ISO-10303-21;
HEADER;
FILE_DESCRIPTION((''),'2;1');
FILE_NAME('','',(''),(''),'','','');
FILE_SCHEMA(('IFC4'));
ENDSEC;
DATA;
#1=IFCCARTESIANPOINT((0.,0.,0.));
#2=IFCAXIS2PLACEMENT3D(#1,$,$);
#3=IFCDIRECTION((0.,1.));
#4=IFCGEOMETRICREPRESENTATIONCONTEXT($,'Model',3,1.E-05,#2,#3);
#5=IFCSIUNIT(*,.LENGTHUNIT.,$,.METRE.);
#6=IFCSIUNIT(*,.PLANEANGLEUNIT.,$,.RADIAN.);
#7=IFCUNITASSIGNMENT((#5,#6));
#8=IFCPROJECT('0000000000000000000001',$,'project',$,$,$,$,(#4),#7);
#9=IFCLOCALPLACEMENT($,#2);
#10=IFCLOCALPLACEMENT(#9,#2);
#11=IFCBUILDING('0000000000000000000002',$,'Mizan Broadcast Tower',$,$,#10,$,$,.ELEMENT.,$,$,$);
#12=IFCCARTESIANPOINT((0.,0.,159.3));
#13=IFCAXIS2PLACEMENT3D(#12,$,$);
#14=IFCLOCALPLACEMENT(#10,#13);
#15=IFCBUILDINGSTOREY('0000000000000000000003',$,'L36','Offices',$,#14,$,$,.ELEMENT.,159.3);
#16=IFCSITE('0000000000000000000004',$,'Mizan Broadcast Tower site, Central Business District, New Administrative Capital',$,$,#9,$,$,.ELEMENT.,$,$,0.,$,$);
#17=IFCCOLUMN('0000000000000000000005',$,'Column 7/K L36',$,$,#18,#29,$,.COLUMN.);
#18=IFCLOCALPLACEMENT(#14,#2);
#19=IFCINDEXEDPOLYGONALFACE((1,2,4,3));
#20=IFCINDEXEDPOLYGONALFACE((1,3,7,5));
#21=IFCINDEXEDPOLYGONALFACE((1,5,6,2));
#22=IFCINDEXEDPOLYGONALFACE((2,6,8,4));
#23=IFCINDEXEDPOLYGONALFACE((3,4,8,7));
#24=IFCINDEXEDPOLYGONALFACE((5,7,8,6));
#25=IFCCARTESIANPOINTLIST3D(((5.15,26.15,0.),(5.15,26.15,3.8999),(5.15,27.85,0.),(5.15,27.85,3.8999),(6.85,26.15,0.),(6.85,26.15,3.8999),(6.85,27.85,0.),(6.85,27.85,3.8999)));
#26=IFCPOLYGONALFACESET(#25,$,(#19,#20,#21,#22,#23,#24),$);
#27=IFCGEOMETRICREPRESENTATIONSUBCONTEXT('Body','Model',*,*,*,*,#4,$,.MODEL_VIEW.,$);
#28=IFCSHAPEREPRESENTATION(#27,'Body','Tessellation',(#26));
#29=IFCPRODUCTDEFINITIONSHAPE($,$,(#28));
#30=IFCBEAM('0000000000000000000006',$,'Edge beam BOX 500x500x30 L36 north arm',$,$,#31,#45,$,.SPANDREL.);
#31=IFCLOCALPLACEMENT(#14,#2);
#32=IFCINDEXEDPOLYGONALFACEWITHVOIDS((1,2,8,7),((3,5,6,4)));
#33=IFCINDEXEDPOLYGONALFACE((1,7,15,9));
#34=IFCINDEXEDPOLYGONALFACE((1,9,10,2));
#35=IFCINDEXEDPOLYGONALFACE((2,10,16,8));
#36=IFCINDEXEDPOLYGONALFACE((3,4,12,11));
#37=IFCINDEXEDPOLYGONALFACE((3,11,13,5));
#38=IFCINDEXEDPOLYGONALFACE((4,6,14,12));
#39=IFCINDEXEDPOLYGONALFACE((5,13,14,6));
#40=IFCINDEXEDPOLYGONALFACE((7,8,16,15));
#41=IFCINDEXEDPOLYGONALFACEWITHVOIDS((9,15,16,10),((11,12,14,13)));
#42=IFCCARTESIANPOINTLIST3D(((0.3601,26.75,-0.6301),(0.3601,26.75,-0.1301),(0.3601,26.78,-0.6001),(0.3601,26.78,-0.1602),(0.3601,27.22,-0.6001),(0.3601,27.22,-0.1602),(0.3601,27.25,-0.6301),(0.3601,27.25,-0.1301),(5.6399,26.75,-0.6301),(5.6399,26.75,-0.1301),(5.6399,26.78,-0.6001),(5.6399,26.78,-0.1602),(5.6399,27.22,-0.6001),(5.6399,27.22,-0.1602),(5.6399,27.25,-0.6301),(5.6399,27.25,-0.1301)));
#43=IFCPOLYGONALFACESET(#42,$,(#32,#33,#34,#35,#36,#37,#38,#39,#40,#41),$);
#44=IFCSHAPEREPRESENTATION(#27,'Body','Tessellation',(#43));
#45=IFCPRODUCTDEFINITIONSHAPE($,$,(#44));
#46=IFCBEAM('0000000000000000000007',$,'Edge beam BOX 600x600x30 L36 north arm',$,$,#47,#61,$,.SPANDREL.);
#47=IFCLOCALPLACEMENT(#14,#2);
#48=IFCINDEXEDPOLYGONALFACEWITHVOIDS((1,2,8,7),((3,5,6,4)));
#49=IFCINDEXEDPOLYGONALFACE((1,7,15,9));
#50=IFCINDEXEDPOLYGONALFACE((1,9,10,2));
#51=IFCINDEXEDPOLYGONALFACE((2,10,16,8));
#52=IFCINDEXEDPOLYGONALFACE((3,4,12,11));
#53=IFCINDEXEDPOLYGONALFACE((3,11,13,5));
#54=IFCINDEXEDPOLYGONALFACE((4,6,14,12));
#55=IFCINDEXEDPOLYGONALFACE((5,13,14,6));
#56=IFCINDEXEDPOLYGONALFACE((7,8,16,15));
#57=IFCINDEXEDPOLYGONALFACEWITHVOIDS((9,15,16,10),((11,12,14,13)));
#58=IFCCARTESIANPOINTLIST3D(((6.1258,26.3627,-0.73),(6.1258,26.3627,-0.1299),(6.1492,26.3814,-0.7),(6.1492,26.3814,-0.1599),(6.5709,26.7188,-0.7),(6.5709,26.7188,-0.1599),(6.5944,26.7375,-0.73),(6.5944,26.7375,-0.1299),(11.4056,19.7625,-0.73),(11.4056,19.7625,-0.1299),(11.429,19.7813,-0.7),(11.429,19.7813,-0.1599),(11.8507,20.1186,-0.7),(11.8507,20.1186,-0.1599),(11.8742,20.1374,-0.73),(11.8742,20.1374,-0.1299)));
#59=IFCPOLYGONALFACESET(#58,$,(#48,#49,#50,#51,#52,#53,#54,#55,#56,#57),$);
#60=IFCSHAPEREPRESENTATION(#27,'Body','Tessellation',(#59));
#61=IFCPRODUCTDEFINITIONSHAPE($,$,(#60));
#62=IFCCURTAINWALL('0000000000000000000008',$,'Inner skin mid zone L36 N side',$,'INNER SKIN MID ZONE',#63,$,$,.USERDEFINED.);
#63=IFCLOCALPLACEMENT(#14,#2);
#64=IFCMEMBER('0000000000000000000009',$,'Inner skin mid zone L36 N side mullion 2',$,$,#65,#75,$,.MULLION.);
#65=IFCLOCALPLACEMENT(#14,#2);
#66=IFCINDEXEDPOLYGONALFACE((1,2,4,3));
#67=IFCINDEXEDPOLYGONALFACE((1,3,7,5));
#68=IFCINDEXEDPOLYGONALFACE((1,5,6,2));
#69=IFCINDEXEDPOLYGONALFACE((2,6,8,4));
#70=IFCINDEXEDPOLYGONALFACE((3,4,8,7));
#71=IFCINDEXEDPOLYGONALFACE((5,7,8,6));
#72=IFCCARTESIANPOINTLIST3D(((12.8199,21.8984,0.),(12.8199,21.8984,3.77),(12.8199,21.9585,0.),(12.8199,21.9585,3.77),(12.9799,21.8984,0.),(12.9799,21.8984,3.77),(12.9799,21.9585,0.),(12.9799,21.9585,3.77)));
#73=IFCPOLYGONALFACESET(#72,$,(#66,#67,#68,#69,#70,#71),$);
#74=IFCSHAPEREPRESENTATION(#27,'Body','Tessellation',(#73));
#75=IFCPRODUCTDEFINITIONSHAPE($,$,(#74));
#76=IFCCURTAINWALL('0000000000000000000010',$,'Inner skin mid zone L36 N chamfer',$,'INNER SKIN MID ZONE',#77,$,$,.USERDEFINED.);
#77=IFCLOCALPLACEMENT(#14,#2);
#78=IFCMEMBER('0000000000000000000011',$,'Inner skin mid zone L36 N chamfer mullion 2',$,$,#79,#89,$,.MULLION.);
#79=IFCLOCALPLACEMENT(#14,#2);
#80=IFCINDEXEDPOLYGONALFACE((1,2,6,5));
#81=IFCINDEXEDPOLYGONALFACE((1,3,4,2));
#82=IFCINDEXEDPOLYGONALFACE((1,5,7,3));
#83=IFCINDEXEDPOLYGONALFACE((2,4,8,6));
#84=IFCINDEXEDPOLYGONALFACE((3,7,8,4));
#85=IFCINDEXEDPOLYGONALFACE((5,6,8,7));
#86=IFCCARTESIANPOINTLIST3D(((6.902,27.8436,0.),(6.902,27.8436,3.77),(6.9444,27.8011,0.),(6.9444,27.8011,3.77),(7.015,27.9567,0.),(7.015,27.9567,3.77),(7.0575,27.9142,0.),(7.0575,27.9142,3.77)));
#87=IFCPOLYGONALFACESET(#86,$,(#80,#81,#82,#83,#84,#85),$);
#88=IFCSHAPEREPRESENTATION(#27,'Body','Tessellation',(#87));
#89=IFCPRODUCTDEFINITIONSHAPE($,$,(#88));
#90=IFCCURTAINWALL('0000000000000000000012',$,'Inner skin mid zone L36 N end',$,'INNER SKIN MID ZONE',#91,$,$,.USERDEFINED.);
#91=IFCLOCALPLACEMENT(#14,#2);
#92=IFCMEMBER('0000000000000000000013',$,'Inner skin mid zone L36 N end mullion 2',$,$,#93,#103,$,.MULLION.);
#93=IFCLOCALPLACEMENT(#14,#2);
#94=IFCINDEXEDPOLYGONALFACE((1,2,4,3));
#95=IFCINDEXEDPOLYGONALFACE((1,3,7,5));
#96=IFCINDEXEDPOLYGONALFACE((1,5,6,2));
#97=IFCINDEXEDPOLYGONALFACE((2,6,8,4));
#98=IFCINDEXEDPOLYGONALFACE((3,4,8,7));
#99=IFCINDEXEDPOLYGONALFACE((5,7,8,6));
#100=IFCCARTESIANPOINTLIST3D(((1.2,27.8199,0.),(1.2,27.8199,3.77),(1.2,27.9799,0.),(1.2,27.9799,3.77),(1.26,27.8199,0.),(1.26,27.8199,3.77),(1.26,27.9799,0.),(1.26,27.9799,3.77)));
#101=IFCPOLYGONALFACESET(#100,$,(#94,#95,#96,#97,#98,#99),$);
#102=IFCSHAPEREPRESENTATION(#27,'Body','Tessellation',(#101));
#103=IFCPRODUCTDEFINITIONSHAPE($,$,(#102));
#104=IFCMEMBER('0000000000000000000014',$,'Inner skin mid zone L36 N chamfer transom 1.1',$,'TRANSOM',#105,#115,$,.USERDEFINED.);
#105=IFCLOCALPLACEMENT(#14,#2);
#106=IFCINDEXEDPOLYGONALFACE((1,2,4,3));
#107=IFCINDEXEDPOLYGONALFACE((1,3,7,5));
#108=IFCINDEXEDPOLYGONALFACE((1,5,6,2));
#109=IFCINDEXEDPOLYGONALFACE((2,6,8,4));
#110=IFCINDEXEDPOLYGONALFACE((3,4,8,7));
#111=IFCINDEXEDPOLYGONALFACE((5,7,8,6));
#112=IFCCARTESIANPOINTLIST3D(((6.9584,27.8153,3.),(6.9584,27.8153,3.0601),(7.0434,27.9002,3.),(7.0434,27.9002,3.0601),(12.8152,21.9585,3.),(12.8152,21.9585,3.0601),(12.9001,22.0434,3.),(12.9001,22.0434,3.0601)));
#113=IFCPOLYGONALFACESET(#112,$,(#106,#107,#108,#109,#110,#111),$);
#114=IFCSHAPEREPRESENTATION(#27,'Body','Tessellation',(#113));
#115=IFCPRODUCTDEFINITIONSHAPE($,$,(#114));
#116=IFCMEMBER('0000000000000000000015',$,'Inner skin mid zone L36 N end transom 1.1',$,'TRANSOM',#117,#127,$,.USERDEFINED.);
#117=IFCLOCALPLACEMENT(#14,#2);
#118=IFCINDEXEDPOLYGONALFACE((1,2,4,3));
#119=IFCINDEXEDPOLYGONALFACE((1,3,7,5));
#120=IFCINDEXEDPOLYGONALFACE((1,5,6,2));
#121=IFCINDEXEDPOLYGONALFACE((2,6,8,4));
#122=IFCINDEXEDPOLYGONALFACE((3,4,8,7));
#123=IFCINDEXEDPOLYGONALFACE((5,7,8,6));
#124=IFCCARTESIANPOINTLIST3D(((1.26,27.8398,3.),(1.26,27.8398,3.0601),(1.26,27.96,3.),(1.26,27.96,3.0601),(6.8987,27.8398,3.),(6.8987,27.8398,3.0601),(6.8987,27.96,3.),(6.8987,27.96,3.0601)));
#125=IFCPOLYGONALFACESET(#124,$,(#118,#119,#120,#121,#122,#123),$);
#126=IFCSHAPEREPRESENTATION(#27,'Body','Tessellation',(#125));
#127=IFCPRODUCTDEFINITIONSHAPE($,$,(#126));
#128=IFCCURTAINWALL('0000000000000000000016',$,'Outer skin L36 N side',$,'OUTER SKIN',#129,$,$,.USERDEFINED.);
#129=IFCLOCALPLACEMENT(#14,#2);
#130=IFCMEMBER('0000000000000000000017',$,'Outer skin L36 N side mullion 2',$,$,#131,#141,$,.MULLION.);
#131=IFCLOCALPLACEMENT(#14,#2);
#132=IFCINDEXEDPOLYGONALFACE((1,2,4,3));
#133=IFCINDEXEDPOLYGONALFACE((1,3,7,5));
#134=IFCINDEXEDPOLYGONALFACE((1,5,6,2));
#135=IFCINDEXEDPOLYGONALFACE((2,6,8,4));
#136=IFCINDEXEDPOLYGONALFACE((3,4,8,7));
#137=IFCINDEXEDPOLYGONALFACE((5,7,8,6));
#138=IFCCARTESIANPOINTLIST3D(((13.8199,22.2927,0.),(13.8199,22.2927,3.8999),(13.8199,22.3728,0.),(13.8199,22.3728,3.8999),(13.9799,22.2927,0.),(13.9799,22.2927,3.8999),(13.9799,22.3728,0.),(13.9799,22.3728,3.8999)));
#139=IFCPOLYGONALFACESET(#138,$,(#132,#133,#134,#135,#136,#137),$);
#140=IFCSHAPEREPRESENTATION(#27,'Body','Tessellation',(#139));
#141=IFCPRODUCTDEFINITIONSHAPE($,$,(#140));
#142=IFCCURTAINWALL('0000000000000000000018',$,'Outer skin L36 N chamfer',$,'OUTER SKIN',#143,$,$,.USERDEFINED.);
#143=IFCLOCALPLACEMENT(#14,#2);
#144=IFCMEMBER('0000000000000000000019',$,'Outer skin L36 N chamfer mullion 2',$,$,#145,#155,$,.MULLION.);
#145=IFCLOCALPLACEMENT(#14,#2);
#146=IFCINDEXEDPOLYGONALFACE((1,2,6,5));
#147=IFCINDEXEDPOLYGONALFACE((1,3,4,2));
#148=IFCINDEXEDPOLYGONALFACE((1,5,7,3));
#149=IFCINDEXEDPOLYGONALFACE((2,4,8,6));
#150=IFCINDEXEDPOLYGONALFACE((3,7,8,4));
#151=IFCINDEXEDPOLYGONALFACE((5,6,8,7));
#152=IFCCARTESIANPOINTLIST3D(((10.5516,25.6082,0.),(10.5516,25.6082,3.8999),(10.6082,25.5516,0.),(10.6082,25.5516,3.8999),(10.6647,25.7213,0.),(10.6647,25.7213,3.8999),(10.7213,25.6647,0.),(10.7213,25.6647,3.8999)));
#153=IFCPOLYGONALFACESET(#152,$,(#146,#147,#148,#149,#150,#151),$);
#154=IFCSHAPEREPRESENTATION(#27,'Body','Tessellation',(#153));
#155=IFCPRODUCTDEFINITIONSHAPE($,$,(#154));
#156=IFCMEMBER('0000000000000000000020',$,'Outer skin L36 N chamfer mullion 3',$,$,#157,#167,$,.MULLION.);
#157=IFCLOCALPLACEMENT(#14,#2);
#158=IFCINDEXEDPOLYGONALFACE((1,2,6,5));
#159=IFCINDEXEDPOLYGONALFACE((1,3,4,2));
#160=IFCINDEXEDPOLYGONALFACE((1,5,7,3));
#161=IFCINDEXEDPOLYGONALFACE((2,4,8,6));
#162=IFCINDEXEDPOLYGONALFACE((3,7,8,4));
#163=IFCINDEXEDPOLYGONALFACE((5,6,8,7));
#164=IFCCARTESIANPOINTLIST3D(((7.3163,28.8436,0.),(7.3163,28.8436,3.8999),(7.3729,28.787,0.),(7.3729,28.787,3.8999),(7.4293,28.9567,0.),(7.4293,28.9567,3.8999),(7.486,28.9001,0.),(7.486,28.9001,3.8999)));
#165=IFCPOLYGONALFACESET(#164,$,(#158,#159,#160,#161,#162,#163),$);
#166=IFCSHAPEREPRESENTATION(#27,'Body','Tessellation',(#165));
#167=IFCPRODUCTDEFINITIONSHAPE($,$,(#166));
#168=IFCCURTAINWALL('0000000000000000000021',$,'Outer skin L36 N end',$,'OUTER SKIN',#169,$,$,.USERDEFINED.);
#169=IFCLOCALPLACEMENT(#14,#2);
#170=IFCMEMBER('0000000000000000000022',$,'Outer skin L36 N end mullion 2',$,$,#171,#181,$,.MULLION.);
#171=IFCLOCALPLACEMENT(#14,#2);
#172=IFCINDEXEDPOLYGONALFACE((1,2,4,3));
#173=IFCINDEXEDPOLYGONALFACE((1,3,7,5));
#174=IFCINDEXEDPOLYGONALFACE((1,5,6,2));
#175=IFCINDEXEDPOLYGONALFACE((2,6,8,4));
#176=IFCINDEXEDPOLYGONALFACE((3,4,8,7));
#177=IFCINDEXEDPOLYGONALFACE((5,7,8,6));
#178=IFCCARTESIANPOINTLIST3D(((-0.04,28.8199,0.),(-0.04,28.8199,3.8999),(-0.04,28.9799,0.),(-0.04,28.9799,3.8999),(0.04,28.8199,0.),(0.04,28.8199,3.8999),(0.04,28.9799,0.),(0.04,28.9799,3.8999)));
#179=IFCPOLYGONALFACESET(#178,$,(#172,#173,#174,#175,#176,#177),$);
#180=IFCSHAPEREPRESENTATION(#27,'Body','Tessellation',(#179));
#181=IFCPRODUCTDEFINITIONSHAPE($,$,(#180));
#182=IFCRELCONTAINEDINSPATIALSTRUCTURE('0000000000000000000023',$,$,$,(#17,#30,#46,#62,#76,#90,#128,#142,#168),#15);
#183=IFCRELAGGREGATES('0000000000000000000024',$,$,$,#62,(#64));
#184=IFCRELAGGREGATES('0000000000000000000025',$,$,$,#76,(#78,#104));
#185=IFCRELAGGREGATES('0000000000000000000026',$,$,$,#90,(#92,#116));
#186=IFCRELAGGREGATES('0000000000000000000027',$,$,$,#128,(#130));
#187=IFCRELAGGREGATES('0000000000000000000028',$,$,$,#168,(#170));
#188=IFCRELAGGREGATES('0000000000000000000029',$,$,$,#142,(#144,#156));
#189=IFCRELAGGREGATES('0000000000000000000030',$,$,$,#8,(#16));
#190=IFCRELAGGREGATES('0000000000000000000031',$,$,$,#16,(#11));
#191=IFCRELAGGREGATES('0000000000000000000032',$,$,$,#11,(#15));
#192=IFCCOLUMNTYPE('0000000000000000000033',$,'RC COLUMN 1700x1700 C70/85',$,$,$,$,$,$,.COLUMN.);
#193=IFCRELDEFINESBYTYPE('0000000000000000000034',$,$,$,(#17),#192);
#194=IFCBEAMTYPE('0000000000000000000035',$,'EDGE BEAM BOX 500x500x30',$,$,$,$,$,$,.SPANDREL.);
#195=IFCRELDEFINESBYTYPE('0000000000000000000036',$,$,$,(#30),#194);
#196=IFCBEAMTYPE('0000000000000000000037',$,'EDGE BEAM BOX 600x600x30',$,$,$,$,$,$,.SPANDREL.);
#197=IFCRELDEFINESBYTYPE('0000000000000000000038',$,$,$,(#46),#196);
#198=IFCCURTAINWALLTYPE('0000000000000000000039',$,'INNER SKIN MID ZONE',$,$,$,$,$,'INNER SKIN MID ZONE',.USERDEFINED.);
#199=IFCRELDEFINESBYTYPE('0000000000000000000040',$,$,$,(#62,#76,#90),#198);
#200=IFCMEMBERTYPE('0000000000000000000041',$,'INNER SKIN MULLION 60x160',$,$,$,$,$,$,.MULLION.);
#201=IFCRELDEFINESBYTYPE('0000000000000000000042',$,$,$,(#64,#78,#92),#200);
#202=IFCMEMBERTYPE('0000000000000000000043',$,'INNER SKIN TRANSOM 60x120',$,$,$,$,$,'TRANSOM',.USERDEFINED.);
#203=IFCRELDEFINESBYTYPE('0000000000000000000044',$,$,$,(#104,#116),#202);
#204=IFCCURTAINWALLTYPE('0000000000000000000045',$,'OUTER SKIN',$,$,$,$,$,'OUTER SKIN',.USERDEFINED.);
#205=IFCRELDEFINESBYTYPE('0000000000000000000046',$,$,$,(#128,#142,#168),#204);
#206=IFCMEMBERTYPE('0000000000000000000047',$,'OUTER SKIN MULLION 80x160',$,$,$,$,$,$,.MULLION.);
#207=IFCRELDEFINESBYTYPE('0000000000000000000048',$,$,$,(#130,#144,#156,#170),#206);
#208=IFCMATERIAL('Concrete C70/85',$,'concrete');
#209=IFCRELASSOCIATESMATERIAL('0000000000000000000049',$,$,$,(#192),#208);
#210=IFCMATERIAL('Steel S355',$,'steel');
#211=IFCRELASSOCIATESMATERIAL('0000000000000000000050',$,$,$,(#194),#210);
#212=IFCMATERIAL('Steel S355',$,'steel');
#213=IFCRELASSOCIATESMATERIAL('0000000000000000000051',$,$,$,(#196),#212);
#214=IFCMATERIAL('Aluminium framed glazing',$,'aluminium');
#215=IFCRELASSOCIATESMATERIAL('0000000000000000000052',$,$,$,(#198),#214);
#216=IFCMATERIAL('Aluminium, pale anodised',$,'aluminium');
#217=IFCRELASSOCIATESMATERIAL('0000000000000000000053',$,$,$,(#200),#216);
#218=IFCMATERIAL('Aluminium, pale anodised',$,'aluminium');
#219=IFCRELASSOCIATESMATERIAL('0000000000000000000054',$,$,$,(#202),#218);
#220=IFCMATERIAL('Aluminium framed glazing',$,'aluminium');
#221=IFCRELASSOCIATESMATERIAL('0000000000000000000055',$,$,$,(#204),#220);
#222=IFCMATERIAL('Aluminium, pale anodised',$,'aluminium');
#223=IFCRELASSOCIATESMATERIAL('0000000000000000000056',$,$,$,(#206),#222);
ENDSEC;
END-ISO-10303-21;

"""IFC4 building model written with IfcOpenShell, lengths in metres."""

from ifc_helpers import new_model, si_unit, direction, frame, origin, origin_2d, place, context, subcontext, project, spatial, rectangle, hollow_rectangle, extrude, material, material_profile, profile_set, type_object, element, aggregate, save


model = new_model("IFC4")

# Units and contexts
model_context = context("Model", 3, precision=1e-05, world=origin(), true_north=direction((0.0, 1.0)))
body_context = subcontext(model_context, "Body", "Model", "MODEL_VIEW")
ifc_project = project(units=[si_unit("LENGTHUNIT", "METRE"), si_unit("PLANEANGLEUNIT", "RADIAN")], contexts=[model_context])

# Site, building, storey
site_placement = place(None, origin())
site = spatial("IfcSite", under=ifc_project, at=site_placement, Name="Mizan Broadcast Tower site, Central Business District, New Administrative Capital", CompositionType="ELEMENT", RefElevation=0.0)
building_placement = place(site_placement, origin())
building = spatial("IfcBuilding", under=site, at=building_placement, Name="Mizan Broadcast Tower", CompositionType="ELEMENT")
storey_placement = place(building_placement, frame((0.0, 0.0, 159.3)))
storey = spatial("IfcBuildingStorey", under=building, at=storey_placement, Name="L36", Description="Offices", CompositionType="ELEMENT", Elevation=159.3)

# Column
ifc_material_1 = material(Name="Concrete C70/85", Category="concrete")
ifc_material_profile_1 = material_profile(ifc_material_1, rectangle(XDim=1.7, YDim=1.7, at=origin_2d()), Name="RC 1700x1700")
ifc_profile_set_1 = profile_set([ifc_material_profile_1], Name="Concrete C70/85")
column_type = type_object("IfcColumnType", Name="RC COLUMN 1700x1700 C70/85", PredefinedType="COLUMN", material=ifc_profile_set_1)
column_placement = place(storey_placement, frame((6.0, 27.0, 0.0), z_axis=(0.0, 0.0, 1.0), x_axis=(1.0, 0.0, 0.0)))
element("IfcColumn", 1, at=column_placement, inside=storey, type_object=column_type, Name="Column 7/K L36", PredefinedType="COLUMN", context=body_context, shape_type="SweptSolid", body=[
    extrude(rectangle(XDim=1.7, YDim=1.7, at=origin_2d()), origin(), (0.0, 0.0, 1.0), 3.8999),
])

# Beams
ifc_material_2 = material(Name="Steel S355", Category="steel")
ifc_material_profile_2 = material_profile(ifc_material_2, hollow_rectangle(XDim=0.5, YDim=0.5, WallThickness=0.03, at=origin_2d()), Name="BOX 500x500x30")
ifc_profile_set_2 = profile_set([ifc_material_profile_2], Name="Steel S355")
beam_type_1 = type_object("IfcBeamType", Name="EDGE BEAM BOX 500x500x30", PredefinedType="SPANDREL", material=ifc_profile_set_2)
beam_1_placement = place(storey_placement, frame((5.6399, 27.0, -0.3801), z_axis=(-1.0, 0.0, 0.0), x_axis=(0.0, -1.0, 0.0)))
element("IfcBeam", 2, at=beam_1_placement, inside=storey, type_object=beam_type_1, Name="Edge beam BOX 500x500x30 L36 north arm", PredefinedType="SPANDREL", context=body_context, shape_type="SweptSolid", body=[
    extrude(hollow_rectangle(XDim=0.5, YDim=0.5, WallThickness=0.03, at=origin_2d()), origin(), (0.0, 0.0, 1.0), 5.2798),
])
ifc_material_3 = material(Name="Steel S355", Category="steel")
ifc_material_profile_3 = material_profile(ifc_material_3, hollow_rectangle(XDim=0.6001, YDim=0.6001, WallThickness=0.03, at=origin_2d()), Name="BOX 600x600x30")
ifc_profile_set_3 = profile_set([ifc_material_profile_3], Name="Steel S355")
beam_type_2 = type_object("IfcBeamType", Name="EDGE BEAM BOX 600x600x30", PredefinedType="SPANDREL", material=ifc_profile_set_3)
beam_2_placement = place(storey_placement, frame((11.6399, 19.95, -0.4299), z_axis=(-0.624674, 0.780886, 0.0), x_axis=(-0.780886, -0.624674, 0.0)))
element("IfcBeam", 3, at=beam_2_placement, inside=storey, type_object=beam_type_2, Name="Edge beam BOX 600x600x30 L36 north arm", PredefinedType="SPANDREL", context=body_context, shape_type="SweptSolid", body=[
    extrude(hollow_rectangle(XDim=0.6001, YDim=0.6001, WallThickness=0.03, at=origin_2d()), origin(), (0.0, 0.0, 1.0), 8.4521),
])

# Curtain walls, members
ifc_material_4 = material(Name="Aluminium framed glazing", Category="aluminium")
curtain_wall_type_1 = type_object("IfcCurtainWallType", Name="INNER SKIN MID ZONE", ElementType="INNER SKIN MID ZONE", PredefinedType="USERDEFINED", material=ifc_material_4)
curtain_wall_1_placement = place(storey_placement, origin())
curtain_wall_1 = element("IfcCurtainWall", 4, at=curtain_wall_1_placement, inside=storey, type_object=curtain_wall_type_1, Name="Inner skin mid zone L36 N side", ObjectType="INNER SKIN MID ZONE", PredefinedType="USERDEFINED")
ifc_material_5 = material(Name="Aluminium, pale anodised", Category="aluminium")
ifc_material_profile_4 = material_profile(ifc_material_5, rectangle(XDim=0.1599, YDim=0.0601, at=origin_2d()), Name="MULLION 160x60")
ifc_profile_set_4 = profile_set([ifc_material_profile_4], Name="Aluminium, pale anodised")
member_type_1 = type_object("IfcMemberType", Name="INNER SKIN MULLION 60x160", PredefinedType="MULLION", material=ifc_profile_set_4)
member_1_placement = place(storey_placement, frame((12.8999, 21.9285, 0.0), z_axis=(0.0, 0.0, 1.0), x_axis=(-1.0, 0.0, 0.0)))
member_1 = element("IfcMember", 5, at=member_1_placement, type_object=member_type_1, Name="Inner skin mid zone L36 N side mullion 2", PredefinedType="MULLION", context=body_context, shape_type="SweptSolid", body=[
    extrude(rectangle(XDim=0.1599, YDim=0.0601, at=origin_2d()), origin(), (0.0, 0.0, 1.0), 3.77),
])
curtain_wall_2_placement = place(storey_placement, origin())
curtain_wall_2 = element("IfcCurtainWall", 6, at=curtain_wall_2_placement, inside=storey, type_object=curtain_wall_type_1, Name="Inner skin mid zone L36 N chamfer", ObjectType="INNER SKIN MID ZONE", PredefinedType="USERDEFINED")
member_2_placement = place(storey_placement, frame((6.9797, 27.8789, 0.0), z_axis=(0.0, 0.0, 1.0), x_axis=(-0.707107, -0.707107, 0.0)))
member_2 = element("IfcMember", 7, at=member_2_placement, type_object=member_type_1, Name="Inner skin mid zone L36 N chamfer mullion 2", PredefinedType="MULLION", context=body_context, shape_type="SweptSolid", body=[
    extrude(rectangle(XDim=0.1599, YDim=0.0601, at=origin_2d()), origin(), (0.0, 0.0, 1.0), 3.77),
])
curtain_wall_3_placement = place(storey_placement, origin())
curtain_wall_3 = element("IfcCurtainWall", 8, at=curtain_wall_3_placement, inside=storey, type_object=curtain_wall_type_1, Name="Inner skin mid zone L36 N end", ObjectType="INNER SKIN MID ZONE", PredefinedType="USERDEFINED")
member_3_placement = place(storey_placement, frame((1.23, 27.8999, 0.0), z_axis=(0.0, 0.0, 1.0), x_axis=(0.0, -1.0, 0.0)))
member_3 = element("IfcMember", 9, at=member_3_placement, type_object=member_type_1, Name="Inner skin mid zone L36 N end mullion 2", PredefinedType="MULLION", context=body_context, shape_type="SweptSolid", body=[
    extrude(rectangle(XDim=0.1599, YDim=0.0601, at=origin_2d()), origin(), (0.0, 0.0, 1.0), 3.77),
])

# Members
ifc_material_6 = material(Name="Aluminium, pale anodised", Category="aluminium")
ifc_material_profile_5 = material_profile(ifc_material_6, rectangle(XDim=0.1201, YDim=0.0601, at=origin_2d()), Name="TRANSOM 120x60")
ifc_profile_set_5 = profile_set([ifc_material_profile_5], Name="Aluminium, pale anodised")
member_type_2 = type_object("IfcMemberType", Name="INNER SKIN TRANSOM 60x120", ElementType="TRANSOM", PredefinedType="USERDEFINED", material=ifc_profile_set_5)
member_4_placement = place(storey_placement, frame((12.8577, 22.001, 3.03), z_axis=(-0.707107, 0.707107, 0.0), x_axis=(-0.707107, -0.707107, 0.0)))
member_4 = element("IfcMember", 10, at=member_4_placement, type_object=member_type_2, Name="Inner skin mid zone L36 N chamfer transom 1.1", ObjectType="TRANSOM", PredefinedType="USERDEFINED", context=body_context, shape_type="SweptSolid", body=[
    extrude(rectangle(XDim=0.1201, YDim=0.0601, at=origin_2d()), origin(), (0.0, 0.0, 1.0), 8.2827),
])
member_5_placement = place(storey_placement, frame((6.8987, 27.8999, 3.03), z_axis=(-1.0, 0.0, 0.0), x_axis=(0.0, -1.0, 0.0)))
member_5 = element("IfcMember", 11, at=member_5_placement, type_object=member_type_2, Name="Inner skin mid zone L36 N end transom 1.1", ObjectType="TRANSOM", PredefinedType="USERDEFINED", context=body_context, shape_type="SweptSolid", body=[
    extrude(rectangle(XDim=0.1201, YDim=0.0601, at=origin_2d()), origin(), (0.0, 0.0, 1.0), 5.6387),
])

# Curtain wall, member
ifc_material_7 = material(Name="Aluminium framed glazing", Category="aluminium")
curtain_wall_type_2 = type_object("IfcCurtainWallType", Name="OUTER SKIN", ElementType="OUTER SKIN", PredefinedType="USERDEFINED", material=ifc_material_7)
curtain_wall_4_placement = place(storey_placement, origin())
curtain_wall_4 = element("IfcCurtainWall", 12, at=curtain_wall_4_placement, inside=storey, type_object=curtain_wall_type_2, Name="Outer skin L36 N side", ObjectType="OUTER SKIN", PredefinedType="USERDEFINED")
ifc_material_8 = material(Name="Aluminium, pale anodised", Category="aluminium")
ifc_material_profile_6 = material_profile(ifc_material_8, rectangle(XDim=0.1599, YDim=0.0801, at=origin_2d()), Name="MULLION 160x80")
ifc_profile_set_6 = profile_set([ifc_material_profile_6], Name="Aluminium, pale anodised")
member_type_3 = type_object("IfcMemberType", Name="OUTER SKIN MULLION 80x160", PredefinedType="MULLION", material=ifc_profile_set_6)
member_6_placement = place(storey_placement, frame((13.8999, 22.3328, 0.0), z_axis=(0.0, 0.0, 1.0), x_axis=(-1.0, 0.0, 0.0)))
member_6 = element("IfcMember", 13, at=member_6_placement, type_object=member_type_3, Name="Outer skin L36 N side mullion 2", PredefinedType="MULLION", context=body_context, shape_type="SweptSolid", body=[
    extrude(rectangle(XDim=0.1599, YDim=0.0801, at=origin_2d()), origin(), (0.0, 0.0, 1.0), 3.8999),
])

# Curtain wall, members
curtain_wall_5_placement = place(storey_placement, origin())
curtain_wall_5 = element("IfcCurtainWall", 14, at=curtain_wall_5_placement, inside=storey, type_object=curtain_wall_type_2, Name="Outer skin L36 N chamfer", ObjectType="OUTER SKIN", PredefinedType="USERDEFINED")
member_7_placement = place(storey_placement, frame((10.6365, 25.6365, 0.0), z_axis=(0.0, 0.0, 1.0), x_axis=(-0.707107, -0.707107, 0.0)))
member_7 = element("IfcMember", 15, at=member_7_placement, type_object=member_type_3, Name="Outer skin L36 N chamfer mullion 2", PredefinedType="MULLION", context=body_context, shape_type="SweptSolid", body=[
    extrude(rectangle(XDim=0.1599, YDim=0.0801, at=origin_2d()), origin(), (0.0, 0.0, 1.0), 3.8999),
])
member_8_placement = place(storey_placement, frame((7.4011, 28.8718, 0.0), z_axis=(0.0, 0.0, 1.0), x_axis=(-0.707107, -0.707107, 0.0)))
member_8 = element("IfcMember", 16, at=member_8_placement, type_object=member_type_3, Name="Outer skin L36 N chamfer mullion 3", PredefinedType="MULLION", context=body_context, shape_type="SweptSolid", body=[
    extrude(rectangle(XDim=0.1599, YDim=0.0801, at=origin_2d()), origin(), (0.0, 0.0, 1.0), 3.8999),
])

# Curtain wall, member
curtain_wall_6_placement = place(storey_placement, origin())
curtain_wall_6 = element("IfcCurtainWall", 17, at=curtain_wall_6_placement, inside=storey, type_object=curtain_wall_type_2, Name="Outer skin L36 N end", ObjectType="OUTER SKIN", PredefinedType="USERDEFINED")
member_9_placement = place(storey_placement, frame((0.0, 28.8999, 0.0), z_axis=(0.0, 0.0, 1.0), x_axis=(0.0, -1.0, 0.0)))
member_9 = element("IfcMember", 18, at=member_9_placement, type_object=member_type_3, Name="Outer skin L36 N end mullion 2", PredefinedType="MULLION", context=body_context, shape_type="SweptSolid", body=[
    extrude(rectangle(XDim=0.1599, YDim=0.0801, at=origin_2d()), origin(), (0.0, 0.0, 1.0), 3.8999),
])

aggregate(curtain_wall_1, [member_1])
aggregate(curtain_wall_2, [member_2, member_4])
aggregate(curtain_wall_3, [member_3, member_5])
aggregate(curtain_wall_4, [member_6])
aggregate(curtain_wall_6, [member_9])
aggregate(curtain_wall_5, [member_7, member_8])

save(model, "model.ifc")
